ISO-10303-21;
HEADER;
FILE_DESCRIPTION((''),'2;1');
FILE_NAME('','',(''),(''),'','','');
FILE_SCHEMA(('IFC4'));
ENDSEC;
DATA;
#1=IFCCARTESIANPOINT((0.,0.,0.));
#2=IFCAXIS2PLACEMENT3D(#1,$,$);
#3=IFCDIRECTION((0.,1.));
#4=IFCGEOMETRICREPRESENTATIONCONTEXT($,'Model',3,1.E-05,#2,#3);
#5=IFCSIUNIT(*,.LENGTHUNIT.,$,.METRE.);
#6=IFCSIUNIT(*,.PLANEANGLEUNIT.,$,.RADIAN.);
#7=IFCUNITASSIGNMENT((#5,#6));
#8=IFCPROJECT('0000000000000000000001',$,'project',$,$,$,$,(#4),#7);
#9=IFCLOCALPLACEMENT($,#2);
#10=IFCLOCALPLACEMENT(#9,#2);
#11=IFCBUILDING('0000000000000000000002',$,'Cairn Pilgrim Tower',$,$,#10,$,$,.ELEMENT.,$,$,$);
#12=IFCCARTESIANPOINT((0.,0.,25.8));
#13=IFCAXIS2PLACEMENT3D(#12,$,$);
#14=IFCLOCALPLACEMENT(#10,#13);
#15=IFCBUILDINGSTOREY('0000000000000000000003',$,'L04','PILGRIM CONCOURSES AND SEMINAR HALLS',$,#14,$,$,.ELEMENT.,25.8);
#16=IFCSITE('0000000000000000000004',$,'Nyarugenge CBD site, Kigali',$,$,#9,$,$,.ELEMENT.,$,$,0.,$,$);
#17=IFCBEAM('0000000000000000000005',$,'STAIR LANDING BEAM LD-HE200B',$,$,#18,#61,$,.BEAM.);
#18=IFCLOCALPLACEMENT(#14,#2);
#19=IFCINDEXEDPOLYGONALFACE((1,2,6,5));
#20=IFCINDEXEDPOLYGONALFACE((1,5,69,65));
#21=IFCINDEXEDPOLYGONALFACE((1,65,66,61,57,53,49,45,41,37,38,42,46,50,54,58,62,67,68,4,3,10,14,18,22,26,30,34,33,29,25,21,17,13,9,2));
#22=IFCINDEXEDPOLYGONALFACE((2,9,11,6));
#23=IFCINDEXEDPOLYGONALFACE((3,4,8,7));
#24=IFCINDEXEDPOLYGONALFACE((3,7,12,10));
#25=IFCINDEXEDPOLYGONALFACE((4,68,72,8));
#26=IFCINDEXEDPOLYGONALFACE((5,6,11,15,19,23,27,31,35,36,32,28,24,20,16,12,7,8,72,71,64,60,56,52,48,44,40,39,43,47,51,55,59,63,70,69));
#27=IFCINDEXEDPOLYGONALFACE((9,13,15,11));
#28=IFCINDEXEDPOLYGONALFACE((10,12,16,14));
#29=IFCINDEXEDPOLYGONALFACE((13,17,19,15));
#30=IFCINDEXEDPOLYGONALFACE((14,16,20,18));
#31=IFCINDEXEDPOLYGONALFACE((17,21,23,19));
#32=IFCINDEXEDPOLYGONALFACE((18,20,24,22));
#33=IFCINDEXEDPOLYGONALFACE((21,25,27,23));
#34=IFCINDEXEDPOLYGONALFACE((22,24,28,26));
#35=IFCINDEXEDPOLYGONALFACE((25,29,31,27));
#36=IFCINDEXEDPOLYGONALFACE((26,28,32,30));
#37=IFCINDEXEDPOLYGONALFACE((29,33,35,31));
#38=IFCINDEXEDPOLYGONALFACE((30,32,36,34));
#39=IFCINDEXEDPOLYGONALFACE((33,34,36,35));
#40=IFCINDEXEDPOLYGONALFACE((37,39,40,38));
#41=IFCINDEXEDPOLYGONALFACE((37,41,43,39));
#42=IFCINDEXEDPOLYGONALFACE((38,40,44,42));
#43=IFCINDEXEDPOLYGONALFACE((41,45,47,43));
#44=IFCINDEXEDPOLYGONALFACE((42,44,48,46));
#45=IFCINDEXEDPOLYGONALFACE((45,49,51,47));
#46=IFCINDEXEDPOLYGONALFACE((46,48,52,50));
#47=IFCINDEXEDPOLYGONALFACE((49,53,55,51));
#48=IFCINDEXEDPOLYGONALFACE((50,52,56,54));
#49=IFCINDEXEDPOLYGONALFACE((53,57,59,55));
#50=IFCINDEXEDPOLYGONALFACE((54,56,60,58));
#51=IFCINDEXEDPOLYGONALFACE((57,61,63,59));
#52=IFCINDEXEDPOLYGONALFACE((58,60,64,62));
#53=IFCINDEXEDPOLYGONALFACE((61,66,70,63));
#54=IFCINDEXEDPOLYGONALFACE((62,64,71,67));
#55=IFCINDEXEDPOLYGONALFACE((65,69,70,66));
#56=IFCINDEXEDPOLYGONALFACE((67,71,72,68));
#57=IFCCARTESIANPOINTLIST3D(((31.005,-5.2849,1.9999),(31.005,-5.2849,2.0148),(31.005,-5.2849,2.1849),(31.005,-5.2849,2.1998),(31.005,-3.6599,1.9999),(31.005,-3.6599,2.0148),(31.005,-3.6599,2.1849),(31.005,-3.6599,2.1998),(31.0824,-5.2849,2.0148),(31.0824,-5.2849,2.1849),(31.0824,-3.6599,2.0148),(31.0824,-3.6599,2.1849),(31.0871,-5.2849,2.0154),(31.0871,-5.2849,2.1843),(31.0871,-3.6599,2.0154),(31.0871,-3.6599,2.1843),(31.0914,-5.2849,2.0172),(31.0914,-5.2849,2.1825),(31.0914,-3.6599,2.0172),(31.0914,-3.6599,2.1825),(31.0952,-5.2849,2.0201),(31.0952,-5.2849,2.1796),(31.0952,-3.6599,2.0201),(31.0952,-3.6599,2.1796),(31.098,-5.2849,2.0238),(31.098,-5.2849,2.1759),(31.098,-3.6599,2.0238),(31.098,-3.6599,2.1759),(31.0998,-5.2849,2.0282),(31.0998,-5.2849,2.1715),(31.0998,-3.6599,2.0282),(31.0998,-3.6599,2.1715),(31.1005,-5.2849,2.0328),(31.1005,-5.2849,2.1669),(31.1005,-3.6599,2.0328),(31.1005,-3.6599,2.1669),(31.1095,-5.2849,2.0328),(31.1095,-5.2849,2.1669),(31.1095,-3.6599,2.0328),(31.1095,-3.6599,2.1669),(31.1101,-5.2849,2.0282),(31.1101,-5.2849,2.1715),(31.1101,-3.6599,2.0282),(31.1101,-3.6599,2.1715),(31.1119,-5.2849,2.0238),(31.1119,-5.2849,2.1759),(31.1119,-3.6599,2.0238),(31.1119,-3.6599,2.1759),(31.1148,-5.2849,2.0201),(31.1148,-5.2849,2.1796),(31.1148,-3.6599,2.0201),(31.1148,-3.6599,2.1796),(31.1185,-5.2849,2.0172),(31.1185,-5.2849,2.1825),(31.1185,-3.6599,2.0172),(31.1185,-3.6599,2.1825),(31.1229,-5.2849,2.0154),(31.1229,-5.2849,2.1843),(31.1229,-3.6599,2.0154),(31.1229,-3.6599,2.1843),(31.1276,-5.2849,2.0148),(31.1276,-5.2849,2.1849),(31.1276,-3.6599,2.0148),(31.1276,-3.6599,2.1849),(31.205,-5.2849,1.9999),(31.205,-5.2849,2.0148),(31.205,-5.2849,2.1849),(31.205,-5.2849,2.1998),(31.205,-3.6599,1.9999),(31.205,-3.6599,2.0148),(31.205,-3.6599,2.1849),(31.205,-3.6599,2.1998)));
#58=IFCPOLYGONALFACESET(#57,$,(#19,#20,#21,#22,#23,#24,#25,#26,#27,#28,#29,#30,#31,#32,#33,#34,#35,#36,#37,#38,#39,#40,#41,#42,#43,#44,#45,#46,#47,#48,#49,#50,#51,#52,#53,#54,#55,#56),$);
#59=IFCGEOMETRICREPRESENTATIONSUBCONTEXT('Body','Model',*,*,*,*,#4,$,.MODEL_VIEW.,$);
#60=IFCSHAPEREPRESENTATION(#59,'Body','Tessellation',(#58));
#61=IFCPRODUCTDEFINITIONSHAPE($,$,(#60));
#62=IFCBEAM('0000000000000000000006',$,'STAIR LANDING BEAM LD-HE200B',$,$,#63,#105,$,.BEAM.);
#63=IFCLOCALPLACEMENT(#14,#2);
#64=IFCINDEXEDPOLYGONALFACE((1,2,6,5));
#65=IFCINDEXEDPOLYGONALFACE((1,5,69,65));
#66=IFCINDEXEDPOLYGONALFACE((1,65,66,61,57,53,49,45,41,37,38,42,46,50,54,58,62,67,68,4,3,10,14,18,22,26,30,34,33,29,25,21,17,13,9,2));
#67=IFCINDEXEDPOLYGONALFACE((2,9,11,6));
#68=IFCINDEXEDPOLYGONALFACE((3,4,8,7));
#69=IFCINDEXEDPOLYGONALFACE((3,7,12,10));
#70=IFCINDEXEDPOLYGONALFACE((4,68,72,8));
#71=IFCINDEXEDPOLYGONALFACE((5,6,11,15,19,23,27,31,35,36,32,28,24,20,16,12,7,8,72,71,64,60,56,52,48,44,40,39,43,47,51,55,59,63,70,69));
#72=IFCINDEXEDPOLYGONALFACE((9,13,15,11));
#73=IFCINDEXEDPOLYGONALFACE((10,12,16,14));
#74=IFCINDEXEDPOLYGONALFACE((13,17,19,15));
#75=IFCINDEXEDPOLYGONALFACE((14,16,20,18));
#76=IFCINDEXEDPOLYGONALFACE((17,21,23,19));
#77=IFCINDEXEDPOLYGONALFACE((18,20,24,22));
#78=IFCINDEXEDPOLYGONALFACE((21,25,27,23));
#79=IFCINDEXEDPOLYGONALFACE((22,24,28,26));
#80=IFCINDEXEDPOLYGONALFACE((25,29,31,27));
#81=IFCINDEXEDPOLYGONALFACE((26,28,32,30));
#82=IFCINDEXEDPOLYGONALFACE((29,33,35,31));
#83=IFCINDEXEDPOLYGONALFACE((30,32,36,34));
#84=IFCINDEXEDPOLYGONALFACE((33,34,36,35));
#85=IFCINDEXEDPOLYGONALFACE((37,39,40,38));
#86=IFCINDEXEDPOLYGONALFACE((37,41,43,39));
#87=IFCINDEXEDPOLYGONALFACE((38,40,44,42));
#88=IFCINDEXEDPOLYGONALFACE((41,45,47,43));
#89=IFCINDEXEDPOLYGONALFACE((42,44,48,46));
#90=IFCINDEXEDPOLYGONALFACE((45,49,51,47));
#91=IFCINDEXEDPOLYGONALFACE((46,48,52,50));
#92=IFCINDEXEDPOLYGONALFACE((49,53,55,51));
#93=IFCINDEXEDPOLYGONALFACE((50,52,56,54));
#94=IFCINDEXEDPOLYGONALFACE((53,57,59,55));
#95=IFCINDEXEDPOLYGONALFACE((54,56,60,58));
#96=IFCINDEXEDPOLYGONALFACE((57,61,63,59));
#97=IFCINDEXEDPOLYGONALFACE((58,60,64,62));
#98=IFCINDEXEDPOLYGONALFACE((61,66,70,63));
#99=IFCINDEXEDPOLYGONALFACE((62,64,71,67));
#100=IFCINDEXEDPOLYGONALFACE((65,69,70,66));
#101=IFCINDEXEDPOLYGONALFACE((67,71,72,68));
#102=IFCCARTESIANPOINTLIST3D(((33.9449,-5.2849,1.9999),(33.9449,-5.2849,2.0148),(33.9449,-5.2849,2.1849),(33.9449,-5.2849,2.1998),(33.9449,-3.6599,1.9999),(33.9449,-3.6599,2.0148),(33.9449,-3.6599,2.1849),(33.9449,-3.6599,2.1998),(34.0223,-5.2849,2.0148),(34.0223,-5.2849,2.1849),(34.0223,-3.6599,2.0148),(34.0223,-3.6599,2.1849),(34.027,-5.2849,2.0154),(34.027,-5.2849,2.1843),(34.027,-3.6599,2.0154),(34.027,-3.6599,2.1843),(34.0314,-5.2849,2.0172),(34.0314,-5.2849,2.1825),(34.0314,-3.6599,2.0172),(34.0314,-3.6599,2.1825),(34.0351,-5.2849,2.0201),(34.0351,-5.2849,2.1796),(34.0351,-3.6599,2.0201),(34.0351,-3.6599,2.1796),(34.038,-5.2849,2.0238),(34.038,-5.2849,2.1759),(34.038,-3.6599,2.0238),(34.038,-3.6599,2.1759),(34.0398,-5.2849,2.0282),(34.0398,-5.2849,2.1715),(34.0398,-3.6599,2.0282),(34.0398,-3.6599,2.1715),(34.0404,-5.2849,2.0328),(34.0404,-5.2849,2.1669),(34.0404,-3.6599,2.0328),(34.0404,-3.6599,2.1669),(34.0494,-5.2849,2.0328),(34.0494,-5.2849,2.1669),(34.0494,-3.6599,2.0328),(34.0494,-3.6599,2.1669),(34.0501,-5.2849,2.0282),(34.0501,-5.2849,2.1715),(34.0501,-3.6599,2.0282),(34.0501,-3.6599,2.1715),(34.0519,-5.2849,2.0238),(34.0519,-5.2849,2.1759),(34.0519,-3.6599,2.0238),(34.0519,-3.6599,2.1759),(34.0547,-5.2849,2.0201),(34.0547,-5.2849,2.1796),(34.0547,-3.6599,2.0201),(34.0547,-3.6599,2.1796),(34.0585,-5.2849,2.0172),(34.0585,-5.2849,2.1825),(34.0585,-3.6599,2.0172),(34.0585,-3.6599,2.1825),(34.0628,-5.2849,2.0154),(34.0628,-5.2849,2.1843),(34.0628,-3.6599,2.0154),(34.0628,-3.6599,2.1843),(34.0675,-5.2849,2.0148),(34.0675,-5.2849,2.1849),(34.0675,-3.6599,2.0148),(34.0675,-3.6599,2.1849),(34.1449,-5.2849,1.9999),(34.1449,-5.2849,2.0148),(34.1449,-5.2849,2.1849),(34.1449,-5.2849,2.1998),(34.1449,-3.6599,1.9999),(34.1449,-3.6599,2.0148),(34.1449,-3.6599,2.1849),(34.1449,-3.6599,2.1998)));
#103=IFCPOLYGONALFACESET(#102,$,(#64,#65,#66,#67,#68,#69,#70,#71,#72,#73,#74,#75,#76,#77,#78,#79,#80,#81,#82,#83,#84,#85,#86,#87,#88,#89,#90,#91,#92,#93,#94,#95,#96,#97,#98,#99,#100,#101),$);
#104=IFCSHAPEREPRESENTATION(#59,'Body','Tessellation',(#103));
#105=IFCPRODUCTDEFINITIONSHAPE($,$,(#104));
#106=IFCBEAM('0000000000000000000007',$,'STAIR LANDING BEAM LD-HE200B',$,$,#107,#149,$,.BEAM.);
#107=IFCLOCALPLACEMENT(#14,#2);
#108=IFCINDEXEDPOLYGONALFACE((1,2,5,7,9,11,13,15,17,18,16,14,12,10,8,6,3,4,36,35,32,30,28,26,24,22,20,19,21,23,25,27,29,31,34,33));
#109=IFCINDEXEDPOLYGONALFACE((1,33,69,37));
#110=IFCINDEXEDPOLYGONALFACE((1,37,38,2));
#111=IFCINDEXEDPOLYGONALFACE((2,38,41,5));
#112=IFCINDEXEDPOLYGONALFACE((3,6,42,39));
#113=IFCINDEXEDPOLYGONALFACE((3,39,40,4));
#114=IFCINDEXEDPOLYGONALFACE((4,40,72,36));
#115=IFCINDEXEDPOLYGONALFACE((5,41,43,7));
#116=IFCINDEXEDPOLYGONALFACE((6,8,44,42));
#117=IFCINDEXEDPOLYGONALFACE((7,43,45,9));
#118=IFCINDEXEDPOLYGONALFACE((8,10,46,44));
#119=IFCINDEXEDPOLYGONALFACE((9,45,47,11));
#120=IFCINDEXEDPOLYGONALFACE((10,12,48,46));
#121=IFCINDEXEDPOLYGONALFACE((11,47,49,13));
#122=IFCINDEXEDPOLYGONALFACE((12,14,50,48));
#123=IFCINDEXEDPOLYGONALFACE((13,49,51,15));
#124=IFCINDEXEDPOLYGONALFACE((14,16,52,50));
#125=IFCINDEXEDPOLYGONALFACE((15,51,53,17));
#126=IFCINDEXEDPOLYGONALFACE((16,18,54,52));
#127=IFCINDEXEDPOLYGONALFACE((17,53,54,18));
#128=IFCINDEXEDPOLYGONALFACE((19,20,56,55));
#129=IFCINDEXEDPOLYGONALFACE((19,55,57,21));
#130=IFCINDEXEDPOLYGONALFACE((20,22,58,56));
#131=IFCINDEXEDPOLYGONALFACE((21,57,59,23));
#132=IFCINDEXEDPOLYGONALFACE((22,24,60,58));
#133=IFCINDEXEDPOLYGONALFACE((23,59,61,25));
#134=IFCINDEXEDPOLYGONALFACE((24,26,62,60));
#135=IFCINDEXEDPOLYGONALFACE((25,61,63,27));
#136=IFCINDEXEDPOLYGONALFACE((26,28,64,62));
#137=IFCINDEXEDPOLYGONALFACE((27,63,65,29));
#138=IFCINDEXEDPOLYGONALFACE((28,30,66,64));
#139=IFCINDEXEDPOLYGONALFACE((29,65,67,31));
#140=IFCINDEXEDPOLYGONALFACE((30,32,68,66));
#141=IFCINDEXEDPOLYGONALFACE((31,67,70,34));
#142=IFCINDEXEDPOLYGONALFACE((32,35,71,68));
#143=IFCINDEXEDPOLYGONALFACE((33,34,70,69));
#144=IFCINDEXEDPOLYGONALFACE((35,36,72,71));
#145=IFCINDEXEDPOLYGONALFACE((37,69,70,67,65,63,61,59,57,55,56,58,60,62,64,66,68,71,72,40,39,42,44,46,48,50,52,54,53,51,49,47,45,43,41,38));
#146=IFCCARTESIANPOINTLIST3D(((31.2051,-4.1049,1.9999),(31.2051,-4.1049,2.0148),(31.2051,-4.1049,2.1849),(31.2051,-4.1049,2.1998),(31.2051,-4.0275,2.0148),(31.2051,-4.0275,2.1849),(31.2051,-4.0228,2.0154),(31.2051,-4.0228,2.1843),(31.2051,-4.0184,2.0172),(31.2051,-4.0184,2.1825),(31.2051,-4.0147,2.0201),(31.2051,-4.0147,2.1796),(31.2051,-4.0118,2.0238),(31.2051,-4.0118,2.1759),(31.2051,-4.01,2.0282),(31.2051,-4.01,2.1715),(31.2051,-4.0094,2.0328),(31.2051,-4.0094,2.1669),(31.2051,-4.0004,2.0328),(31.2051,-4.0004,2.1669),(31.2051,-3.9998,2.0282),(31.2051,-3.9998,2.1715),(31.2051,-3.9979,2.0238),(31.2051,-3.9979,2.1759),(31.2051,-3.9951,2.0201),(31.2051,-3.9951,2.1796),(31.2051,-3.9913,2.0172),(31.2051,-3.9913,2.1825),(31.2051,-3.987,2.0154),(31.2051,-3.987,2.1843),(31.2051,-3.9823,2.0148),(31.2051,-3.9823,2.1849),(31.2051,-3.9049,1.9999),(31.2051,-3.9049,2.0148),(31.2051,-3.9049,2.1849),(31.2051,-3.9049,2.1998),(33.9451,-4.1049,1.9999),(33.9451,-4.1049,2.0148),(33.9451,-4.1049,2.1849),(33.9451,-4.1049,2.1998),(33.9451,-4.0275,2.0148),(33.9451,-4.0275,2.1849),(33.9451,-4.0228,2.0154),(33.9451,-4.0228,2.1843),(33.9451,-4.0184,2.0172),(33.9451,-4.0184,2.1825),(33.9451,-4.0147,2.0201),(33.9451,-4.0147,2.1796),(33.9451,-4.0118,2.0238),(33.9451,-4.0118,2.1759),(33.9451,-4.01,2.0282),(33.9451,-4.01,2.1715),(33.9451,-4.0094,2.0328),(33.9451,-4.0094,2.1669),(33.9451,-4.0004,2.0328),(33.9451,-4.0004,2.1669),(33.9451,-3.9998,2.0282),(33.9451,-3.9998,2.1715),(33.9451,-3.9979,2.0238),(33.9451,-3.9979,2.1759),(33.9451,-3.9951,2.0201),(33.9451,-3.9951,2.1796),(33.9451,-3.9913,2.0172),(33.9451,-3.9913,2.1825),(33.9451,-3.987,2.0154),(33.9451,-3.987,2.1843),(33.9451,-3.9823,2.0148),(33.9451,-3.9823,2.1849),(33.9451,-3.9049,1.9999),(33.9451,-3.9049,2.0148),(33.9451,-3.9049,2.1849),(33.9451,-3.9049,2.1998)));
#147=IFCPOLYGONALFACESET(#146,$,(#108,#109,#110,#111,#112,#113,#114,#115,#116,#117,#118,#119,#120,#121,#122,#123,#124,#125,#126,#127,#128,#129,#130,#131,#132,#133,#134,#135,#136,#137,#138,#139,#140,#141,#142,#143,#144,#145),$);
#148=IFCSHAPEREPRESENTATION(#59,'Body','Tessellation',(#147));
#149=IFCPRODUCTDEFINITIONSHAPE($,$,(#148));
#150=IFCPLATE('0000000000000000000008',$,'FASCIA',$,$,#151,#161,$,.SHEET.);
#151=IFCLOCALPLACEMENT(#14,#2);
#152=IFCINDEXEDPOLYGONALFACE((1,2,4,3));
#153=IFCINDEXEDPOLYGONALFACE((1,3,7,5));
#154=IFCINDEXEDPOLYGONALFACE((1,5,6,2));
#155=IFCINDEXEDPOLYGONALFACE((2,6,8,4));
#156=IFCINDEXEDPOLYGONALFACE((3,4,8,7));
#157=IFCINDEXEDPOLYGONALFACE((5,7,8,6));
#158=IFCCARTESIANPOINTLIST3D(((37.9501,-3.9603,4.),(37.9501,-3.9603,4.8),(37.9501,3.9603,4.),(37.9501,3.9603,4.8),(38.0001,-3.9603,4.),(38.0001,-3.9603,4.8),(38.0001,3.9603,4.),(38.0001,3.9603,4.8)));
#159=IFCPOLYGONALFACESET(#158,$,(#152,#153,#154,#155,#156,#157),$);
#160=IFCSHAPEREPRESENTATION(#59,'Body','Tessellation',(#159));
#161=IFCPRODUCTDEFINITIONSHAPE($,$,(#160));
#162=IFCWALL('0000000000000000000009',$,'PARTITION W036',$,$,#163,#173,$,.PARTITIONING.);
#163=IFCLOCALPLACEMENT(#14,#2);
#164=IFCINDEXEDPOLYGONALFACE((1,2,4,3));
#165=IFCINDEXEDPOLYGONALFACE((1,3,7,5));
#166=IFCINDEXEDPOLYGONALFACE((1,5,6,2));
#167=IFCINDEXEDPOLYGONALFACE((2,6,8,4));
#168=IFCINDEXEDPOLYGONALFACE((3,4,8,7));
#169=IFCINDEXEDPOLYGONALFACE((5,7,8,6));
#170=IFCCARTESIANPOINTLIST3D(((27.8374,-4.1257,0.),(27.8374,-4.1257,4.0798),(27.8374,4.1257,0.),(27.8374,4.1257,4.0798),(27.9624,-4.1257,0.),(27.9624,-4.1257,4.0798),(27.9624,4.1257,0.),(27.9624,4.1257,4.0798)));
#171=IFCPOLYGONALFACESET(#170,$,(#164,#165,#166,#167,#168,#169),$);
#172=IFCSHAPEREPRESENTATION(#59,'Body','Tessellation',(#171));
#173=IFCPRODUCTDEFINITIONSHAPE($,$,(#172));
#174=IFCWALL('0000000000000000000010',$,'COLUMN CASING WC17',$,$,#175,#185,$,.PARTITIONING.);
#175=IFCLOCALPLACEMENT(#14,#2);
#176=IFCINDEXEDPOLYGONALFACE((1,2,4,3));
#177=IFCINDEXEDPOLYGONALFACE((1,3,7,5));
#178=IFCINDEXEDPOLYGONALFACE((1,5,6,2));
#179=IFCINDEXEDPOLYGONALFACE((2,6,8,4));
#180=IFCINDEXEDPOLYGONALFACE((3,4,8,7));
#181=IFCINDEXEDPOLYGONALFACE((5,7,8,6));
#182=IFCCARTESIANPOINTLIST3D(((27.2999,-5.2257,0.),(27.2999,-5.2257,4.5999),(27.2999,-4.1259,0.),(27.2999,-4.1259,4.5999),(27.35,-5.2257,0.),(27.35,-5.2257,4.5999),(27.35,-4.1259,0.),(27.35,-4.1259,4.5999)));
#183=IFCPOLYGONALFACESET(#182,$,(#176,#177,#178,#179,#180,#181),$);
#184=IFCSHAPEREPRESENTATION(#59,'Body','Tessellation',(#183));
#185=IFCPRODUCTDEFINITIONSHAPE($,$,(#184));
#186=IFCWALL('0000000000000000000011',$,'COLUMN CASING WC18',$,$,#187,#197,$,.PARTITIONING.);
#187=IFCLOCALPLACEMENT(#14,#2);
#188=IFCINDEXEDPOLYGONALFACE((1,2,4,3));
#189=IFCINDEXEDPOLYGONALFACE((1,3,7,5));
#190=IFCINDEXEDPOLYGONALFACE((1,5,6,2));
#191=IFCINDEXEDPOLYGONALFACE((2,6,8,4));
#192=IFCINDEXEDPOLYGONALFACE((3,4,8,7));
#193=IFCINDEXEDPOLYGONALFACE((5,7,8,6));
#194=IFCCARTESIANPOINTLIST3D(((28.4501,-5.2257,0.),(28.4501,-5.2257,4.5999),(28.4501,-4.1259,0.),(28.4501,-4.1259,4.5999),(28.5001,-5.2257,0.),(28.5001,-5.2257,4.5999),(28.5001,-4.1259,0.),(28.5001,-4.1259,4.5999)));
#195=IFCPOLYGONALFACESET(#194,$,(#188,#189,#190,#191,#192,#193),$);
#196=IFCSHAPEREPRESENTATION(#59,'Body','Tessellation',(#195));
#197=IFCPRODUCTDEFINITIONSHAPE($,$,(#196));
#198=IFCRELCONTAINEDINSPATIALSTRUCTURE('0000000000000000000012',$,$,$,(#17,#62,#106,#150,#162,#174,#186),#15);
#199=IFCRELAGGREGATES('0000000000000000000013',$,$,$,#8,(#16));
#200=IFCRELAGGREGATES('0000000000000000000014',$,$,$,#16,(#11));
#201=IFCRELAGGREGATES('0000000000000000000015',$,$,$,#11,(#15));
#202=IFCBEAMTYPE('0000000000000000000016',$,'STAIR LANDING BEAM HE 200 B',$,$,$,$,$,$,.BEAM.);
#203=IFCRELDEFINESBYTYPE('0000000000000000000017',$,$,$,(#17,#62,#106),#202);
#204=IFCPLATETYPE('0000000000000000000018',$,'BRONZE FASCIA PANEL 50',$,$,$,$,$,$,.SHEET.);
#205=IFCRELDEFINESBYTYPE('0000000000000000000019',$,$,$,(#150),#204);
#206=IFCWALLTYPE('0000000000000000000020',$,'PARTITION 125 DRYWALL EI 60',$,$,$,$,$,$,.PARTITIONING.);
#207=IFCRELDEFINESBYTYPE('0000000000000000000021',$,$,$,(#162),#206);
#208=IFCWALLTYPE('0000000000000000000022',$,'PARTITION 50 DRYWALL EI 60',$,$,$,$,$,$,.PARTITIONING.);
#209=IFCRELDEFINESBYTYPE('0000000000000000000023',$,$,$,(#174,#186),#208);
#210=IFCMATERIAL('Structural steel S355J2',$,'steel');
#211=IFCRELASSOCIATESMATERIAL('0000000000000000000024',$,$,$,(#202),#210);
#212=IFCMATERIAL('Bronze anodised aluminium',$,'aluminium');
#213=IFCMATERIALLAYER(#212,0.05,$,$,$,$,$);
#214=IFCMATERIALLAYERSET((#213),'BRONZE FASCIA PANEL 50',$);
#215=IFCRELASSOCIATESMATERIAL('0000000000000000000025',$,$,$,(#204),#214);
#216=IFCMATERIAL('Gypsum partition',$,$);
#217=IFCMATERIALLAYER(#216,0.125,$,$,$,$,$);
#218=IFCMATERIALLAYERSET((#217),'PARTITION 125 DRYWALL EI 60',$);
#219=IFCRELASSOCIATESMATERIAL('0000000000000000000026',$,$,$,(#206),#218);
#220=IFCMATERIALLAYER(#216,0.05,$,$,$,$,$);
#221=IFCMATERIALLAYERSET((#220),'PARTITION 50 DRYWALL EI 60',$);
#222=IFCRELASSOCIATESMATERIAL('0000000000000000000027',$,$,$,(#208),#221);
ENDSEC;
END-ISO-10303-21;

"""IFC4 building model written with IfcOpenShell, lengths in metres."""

from ifc_helpers import new_model, si_unit, direction, frame, frame_2d, origin, origin_2d, place, context, subcontext, project, spatial, rectangle, i_section, extrude, material, layer, layer_set, material_profile, profile_set, type_object, element, save


model = new_model("IFC4")

# Units and contexts
model_context = context("Model", 3, precision=1e-05, world=origin(), true_north=direction((0.0, 1.0)))
body_context = subcontext(model_context, "Body", "Model", "MODEL_VIEW")
ifc_project = project(units=[si_unit("LENGTHUNIT", "METRE"), si_unit("PLANEANGLEUNIT", "RADIAN")], contexts=[model_context])

# Site, building, storey
site_placement = place(None, origin())
site = spatial("IfcSite", under=ifc_project, at=site_placement, Name="Nyarugenge CBD site, Kigali", CompositionType="ELEMENT", RefElevation=0.0)
building_placement = place(site_placement, origin())
building = spatial("IfcBuilding", under=site, at=building_placement, Name="Cairn Pilgrim Tower", CompositionType="ELEMENT")
storey_placement = place(building_placement, frame((0.0, 0.0, 25.8)))
storey = spatial("IfcBuildingStorey", under=building, at=storey_placement, Name="L04", Description="PILGRIM CONCOURSES AND SEMINAR HALLS", CompositionType="ELEMENT", Elevation=25.8)

# Shared definitions
ifc_material_1 = material(Name="Structural steel S355J2", Category="steel")

# Beams
ifc_material_profile_1 = material_profile(ifc_material_1, i_section(OverallWidth=0.2, OverallDepth=0.2, WebThickness=0.009, FlangeThickness=0.0149, FilletRadius=0.0181, at=origin_2d()), Name="HE 200 B")
ifc_profile_set_1 = profile_set([ifc_material_profile_1], Name="Structural steel S355J2")
beam_type_1 = type_object("IfcBeamType", Name="STAIR LANDING BEAM HE 200 B", PredefinedType="BEAM", material=ifc_profile_set_1)
for number, where, z_axis, x_axis, name in (
    (1, (31.105, -3.6599, 2.0999), (0.0, -1.0, 0.0), (1.0, 0.0, 0.0), "STAIR LANDING BEAM LD-HE200B"),
    (2, (34.0449, -3.6599, 2.0999), (0.0, -1.0, 0.0), (1.0, 0.0, 0.0), "STAIR LANDING BEAM LD-HE200B"),
):
    element("IfcBeam", number, at=place(storey_placement, frame(where, z_axis=z_axis, x_axis=x_axis)), inside=storey, type_object=beam_type_1, Name=name, PredefinedType="BEAM", context=body_context, shape_type="SweptSolid", body=[
        extrude(i_section(OverallWidth=0.2, OverallDepth=0.2, WebThickness=0.009, FlangeThickness=0.0149, FilletRadius=0.0181, at=origin_2d()), origin(), (0.0, 0.0, 1.0), 1.625),
    ])
beam_1_placement = place(storey_placement, frame((31.2051, -4.0049, 2.0999), z_axis=(1.0, 0.0, 0.0), x_axis=(0.0, 1.0, 0.0)))
element("IfcBeam", 3, at=beam_1_placement, inside=storey, type_object=beam_type_1, Name="STAIR LANDING BEAM LD-HE200B", PredefinedType="BEAM", context=body_context, shape_type="SweptSolid", body=[
    extrude(i_section(OverallWidth=0.2, OverallDepth=0.2, WebThickness=0.009, FlangeThickness=0.0149, FilletRadius=0.0181, at=origin_2d()), origin(), (0.0, 0.0, 1.0), 2.74),
])

# Plate
ifc_material_2 = material(Name="Bronze anodised aluminium", Category="aluminium")
ifc_layer_1 = layer(ifc_material_2, 0.05)
ifc_layer_set_1 = layer_set([ifc_layer_1], Name="BRONZE FASCIA PANEL 50")
plate_type = type_object("IfcPlateType", Name="BRONZE FASCIA PANEL 50", PredefinedType="SHEET", material=ifc_layer_set_1)
plate_placement = place(storey_placement, frame((37.9751, 0.0, 4.0), z_axis=(0.0, 0.0, 1.0), x_axis=(0.0, 1.0, 0.0)))
element("IfcPlate", 4, at=plate_placement, inside=storey, type_object=plate_type, Name="FASCIA", PredefinedType="SHEET", context=body_context, shape_type="SweptSolid", body=[
    extrude(rectangle(XDim=7.9207, YDim=0.05, at=origin_2d()), origin(), (0.0, 0.0, 1.0), 0.8),
])

# Walls
ifc_material_3 = material(Name="Gypsum partition")
ifc_layer_2 = layer(ifc_material_3, 0.125)
ifc_layer_set_2 = layer_set([ifc_layer_2], Name="PARTITION 125 DRYWALL EI 60")
wall_type_1 = type_object("IfcWallType", Name="PARTITION 125 DRYWALL EI 60", PredefinedType="PARTITIONING", material=ifc_layer_set_2)
wall_1_placement = place(storey_placement, frame((27.8999, -4.1257, 0.0), z_axis=(0.0, 0.0, 1.0), x_axis=(0.0, 1.0, 0.0)))
element("IfcWall", 5, at=wall_1_placement, inside=storey, type_object=wall_type_1, Name="PARTITION W036", PredefinedType="PARTITIONING", context=body_context, shape_type="SweptSolid", body=[
    extrude(rectangle(XDim=8.2515, YDim=0.125, at=frame_2d((4.1257, 0.0))), origin(), (0.0, 0.0, 1.0), 4.0798),
])
ifc_layer_3 = layer(ifc_material_3, 0.05)
ifc_layer_set_3 = layer_set([ifc_layer_3], Name="PARTITION 50 DRYWALL EI 60")
wall_type_2 = type_object("IfcWallType", Name="PARTITION 50 DRYWALL EI 60", PredefinedType="PARTITIONING", material=ifc_layer_set_3)
for number, where, z_axis, x_axis, name in (
    (6, (27.325, -5.2256, 0.0), (0.0, 0.0, 1.0), (0.0, 1.0, 0.0), "COLUMN CASING WC17"),
    (7, (28.4751, -5.2256, 0.0), (0.0, 0.0, 1.0), (0.0, 1.0, 0.0), "COLUMN CASING WC18"),
):
    element("IfcWall", number, at=place(storey_placement, frame(where, z_axis=z_axis, x_axis=x_axis)), inside=storey, type_object=wall_type_2, Name=name, PredefinedType="PARTITIONING", context=body_context, shape_type="SweptSolid", body=[
        extrude(rectangle(XDim=1.0999, YDim=0.05, at=frame_2d((0.5498, 0.0))), origin(), (0.0, 0.0, 1.0), 4.5999),
    ])

save(model, "model.ifc")
